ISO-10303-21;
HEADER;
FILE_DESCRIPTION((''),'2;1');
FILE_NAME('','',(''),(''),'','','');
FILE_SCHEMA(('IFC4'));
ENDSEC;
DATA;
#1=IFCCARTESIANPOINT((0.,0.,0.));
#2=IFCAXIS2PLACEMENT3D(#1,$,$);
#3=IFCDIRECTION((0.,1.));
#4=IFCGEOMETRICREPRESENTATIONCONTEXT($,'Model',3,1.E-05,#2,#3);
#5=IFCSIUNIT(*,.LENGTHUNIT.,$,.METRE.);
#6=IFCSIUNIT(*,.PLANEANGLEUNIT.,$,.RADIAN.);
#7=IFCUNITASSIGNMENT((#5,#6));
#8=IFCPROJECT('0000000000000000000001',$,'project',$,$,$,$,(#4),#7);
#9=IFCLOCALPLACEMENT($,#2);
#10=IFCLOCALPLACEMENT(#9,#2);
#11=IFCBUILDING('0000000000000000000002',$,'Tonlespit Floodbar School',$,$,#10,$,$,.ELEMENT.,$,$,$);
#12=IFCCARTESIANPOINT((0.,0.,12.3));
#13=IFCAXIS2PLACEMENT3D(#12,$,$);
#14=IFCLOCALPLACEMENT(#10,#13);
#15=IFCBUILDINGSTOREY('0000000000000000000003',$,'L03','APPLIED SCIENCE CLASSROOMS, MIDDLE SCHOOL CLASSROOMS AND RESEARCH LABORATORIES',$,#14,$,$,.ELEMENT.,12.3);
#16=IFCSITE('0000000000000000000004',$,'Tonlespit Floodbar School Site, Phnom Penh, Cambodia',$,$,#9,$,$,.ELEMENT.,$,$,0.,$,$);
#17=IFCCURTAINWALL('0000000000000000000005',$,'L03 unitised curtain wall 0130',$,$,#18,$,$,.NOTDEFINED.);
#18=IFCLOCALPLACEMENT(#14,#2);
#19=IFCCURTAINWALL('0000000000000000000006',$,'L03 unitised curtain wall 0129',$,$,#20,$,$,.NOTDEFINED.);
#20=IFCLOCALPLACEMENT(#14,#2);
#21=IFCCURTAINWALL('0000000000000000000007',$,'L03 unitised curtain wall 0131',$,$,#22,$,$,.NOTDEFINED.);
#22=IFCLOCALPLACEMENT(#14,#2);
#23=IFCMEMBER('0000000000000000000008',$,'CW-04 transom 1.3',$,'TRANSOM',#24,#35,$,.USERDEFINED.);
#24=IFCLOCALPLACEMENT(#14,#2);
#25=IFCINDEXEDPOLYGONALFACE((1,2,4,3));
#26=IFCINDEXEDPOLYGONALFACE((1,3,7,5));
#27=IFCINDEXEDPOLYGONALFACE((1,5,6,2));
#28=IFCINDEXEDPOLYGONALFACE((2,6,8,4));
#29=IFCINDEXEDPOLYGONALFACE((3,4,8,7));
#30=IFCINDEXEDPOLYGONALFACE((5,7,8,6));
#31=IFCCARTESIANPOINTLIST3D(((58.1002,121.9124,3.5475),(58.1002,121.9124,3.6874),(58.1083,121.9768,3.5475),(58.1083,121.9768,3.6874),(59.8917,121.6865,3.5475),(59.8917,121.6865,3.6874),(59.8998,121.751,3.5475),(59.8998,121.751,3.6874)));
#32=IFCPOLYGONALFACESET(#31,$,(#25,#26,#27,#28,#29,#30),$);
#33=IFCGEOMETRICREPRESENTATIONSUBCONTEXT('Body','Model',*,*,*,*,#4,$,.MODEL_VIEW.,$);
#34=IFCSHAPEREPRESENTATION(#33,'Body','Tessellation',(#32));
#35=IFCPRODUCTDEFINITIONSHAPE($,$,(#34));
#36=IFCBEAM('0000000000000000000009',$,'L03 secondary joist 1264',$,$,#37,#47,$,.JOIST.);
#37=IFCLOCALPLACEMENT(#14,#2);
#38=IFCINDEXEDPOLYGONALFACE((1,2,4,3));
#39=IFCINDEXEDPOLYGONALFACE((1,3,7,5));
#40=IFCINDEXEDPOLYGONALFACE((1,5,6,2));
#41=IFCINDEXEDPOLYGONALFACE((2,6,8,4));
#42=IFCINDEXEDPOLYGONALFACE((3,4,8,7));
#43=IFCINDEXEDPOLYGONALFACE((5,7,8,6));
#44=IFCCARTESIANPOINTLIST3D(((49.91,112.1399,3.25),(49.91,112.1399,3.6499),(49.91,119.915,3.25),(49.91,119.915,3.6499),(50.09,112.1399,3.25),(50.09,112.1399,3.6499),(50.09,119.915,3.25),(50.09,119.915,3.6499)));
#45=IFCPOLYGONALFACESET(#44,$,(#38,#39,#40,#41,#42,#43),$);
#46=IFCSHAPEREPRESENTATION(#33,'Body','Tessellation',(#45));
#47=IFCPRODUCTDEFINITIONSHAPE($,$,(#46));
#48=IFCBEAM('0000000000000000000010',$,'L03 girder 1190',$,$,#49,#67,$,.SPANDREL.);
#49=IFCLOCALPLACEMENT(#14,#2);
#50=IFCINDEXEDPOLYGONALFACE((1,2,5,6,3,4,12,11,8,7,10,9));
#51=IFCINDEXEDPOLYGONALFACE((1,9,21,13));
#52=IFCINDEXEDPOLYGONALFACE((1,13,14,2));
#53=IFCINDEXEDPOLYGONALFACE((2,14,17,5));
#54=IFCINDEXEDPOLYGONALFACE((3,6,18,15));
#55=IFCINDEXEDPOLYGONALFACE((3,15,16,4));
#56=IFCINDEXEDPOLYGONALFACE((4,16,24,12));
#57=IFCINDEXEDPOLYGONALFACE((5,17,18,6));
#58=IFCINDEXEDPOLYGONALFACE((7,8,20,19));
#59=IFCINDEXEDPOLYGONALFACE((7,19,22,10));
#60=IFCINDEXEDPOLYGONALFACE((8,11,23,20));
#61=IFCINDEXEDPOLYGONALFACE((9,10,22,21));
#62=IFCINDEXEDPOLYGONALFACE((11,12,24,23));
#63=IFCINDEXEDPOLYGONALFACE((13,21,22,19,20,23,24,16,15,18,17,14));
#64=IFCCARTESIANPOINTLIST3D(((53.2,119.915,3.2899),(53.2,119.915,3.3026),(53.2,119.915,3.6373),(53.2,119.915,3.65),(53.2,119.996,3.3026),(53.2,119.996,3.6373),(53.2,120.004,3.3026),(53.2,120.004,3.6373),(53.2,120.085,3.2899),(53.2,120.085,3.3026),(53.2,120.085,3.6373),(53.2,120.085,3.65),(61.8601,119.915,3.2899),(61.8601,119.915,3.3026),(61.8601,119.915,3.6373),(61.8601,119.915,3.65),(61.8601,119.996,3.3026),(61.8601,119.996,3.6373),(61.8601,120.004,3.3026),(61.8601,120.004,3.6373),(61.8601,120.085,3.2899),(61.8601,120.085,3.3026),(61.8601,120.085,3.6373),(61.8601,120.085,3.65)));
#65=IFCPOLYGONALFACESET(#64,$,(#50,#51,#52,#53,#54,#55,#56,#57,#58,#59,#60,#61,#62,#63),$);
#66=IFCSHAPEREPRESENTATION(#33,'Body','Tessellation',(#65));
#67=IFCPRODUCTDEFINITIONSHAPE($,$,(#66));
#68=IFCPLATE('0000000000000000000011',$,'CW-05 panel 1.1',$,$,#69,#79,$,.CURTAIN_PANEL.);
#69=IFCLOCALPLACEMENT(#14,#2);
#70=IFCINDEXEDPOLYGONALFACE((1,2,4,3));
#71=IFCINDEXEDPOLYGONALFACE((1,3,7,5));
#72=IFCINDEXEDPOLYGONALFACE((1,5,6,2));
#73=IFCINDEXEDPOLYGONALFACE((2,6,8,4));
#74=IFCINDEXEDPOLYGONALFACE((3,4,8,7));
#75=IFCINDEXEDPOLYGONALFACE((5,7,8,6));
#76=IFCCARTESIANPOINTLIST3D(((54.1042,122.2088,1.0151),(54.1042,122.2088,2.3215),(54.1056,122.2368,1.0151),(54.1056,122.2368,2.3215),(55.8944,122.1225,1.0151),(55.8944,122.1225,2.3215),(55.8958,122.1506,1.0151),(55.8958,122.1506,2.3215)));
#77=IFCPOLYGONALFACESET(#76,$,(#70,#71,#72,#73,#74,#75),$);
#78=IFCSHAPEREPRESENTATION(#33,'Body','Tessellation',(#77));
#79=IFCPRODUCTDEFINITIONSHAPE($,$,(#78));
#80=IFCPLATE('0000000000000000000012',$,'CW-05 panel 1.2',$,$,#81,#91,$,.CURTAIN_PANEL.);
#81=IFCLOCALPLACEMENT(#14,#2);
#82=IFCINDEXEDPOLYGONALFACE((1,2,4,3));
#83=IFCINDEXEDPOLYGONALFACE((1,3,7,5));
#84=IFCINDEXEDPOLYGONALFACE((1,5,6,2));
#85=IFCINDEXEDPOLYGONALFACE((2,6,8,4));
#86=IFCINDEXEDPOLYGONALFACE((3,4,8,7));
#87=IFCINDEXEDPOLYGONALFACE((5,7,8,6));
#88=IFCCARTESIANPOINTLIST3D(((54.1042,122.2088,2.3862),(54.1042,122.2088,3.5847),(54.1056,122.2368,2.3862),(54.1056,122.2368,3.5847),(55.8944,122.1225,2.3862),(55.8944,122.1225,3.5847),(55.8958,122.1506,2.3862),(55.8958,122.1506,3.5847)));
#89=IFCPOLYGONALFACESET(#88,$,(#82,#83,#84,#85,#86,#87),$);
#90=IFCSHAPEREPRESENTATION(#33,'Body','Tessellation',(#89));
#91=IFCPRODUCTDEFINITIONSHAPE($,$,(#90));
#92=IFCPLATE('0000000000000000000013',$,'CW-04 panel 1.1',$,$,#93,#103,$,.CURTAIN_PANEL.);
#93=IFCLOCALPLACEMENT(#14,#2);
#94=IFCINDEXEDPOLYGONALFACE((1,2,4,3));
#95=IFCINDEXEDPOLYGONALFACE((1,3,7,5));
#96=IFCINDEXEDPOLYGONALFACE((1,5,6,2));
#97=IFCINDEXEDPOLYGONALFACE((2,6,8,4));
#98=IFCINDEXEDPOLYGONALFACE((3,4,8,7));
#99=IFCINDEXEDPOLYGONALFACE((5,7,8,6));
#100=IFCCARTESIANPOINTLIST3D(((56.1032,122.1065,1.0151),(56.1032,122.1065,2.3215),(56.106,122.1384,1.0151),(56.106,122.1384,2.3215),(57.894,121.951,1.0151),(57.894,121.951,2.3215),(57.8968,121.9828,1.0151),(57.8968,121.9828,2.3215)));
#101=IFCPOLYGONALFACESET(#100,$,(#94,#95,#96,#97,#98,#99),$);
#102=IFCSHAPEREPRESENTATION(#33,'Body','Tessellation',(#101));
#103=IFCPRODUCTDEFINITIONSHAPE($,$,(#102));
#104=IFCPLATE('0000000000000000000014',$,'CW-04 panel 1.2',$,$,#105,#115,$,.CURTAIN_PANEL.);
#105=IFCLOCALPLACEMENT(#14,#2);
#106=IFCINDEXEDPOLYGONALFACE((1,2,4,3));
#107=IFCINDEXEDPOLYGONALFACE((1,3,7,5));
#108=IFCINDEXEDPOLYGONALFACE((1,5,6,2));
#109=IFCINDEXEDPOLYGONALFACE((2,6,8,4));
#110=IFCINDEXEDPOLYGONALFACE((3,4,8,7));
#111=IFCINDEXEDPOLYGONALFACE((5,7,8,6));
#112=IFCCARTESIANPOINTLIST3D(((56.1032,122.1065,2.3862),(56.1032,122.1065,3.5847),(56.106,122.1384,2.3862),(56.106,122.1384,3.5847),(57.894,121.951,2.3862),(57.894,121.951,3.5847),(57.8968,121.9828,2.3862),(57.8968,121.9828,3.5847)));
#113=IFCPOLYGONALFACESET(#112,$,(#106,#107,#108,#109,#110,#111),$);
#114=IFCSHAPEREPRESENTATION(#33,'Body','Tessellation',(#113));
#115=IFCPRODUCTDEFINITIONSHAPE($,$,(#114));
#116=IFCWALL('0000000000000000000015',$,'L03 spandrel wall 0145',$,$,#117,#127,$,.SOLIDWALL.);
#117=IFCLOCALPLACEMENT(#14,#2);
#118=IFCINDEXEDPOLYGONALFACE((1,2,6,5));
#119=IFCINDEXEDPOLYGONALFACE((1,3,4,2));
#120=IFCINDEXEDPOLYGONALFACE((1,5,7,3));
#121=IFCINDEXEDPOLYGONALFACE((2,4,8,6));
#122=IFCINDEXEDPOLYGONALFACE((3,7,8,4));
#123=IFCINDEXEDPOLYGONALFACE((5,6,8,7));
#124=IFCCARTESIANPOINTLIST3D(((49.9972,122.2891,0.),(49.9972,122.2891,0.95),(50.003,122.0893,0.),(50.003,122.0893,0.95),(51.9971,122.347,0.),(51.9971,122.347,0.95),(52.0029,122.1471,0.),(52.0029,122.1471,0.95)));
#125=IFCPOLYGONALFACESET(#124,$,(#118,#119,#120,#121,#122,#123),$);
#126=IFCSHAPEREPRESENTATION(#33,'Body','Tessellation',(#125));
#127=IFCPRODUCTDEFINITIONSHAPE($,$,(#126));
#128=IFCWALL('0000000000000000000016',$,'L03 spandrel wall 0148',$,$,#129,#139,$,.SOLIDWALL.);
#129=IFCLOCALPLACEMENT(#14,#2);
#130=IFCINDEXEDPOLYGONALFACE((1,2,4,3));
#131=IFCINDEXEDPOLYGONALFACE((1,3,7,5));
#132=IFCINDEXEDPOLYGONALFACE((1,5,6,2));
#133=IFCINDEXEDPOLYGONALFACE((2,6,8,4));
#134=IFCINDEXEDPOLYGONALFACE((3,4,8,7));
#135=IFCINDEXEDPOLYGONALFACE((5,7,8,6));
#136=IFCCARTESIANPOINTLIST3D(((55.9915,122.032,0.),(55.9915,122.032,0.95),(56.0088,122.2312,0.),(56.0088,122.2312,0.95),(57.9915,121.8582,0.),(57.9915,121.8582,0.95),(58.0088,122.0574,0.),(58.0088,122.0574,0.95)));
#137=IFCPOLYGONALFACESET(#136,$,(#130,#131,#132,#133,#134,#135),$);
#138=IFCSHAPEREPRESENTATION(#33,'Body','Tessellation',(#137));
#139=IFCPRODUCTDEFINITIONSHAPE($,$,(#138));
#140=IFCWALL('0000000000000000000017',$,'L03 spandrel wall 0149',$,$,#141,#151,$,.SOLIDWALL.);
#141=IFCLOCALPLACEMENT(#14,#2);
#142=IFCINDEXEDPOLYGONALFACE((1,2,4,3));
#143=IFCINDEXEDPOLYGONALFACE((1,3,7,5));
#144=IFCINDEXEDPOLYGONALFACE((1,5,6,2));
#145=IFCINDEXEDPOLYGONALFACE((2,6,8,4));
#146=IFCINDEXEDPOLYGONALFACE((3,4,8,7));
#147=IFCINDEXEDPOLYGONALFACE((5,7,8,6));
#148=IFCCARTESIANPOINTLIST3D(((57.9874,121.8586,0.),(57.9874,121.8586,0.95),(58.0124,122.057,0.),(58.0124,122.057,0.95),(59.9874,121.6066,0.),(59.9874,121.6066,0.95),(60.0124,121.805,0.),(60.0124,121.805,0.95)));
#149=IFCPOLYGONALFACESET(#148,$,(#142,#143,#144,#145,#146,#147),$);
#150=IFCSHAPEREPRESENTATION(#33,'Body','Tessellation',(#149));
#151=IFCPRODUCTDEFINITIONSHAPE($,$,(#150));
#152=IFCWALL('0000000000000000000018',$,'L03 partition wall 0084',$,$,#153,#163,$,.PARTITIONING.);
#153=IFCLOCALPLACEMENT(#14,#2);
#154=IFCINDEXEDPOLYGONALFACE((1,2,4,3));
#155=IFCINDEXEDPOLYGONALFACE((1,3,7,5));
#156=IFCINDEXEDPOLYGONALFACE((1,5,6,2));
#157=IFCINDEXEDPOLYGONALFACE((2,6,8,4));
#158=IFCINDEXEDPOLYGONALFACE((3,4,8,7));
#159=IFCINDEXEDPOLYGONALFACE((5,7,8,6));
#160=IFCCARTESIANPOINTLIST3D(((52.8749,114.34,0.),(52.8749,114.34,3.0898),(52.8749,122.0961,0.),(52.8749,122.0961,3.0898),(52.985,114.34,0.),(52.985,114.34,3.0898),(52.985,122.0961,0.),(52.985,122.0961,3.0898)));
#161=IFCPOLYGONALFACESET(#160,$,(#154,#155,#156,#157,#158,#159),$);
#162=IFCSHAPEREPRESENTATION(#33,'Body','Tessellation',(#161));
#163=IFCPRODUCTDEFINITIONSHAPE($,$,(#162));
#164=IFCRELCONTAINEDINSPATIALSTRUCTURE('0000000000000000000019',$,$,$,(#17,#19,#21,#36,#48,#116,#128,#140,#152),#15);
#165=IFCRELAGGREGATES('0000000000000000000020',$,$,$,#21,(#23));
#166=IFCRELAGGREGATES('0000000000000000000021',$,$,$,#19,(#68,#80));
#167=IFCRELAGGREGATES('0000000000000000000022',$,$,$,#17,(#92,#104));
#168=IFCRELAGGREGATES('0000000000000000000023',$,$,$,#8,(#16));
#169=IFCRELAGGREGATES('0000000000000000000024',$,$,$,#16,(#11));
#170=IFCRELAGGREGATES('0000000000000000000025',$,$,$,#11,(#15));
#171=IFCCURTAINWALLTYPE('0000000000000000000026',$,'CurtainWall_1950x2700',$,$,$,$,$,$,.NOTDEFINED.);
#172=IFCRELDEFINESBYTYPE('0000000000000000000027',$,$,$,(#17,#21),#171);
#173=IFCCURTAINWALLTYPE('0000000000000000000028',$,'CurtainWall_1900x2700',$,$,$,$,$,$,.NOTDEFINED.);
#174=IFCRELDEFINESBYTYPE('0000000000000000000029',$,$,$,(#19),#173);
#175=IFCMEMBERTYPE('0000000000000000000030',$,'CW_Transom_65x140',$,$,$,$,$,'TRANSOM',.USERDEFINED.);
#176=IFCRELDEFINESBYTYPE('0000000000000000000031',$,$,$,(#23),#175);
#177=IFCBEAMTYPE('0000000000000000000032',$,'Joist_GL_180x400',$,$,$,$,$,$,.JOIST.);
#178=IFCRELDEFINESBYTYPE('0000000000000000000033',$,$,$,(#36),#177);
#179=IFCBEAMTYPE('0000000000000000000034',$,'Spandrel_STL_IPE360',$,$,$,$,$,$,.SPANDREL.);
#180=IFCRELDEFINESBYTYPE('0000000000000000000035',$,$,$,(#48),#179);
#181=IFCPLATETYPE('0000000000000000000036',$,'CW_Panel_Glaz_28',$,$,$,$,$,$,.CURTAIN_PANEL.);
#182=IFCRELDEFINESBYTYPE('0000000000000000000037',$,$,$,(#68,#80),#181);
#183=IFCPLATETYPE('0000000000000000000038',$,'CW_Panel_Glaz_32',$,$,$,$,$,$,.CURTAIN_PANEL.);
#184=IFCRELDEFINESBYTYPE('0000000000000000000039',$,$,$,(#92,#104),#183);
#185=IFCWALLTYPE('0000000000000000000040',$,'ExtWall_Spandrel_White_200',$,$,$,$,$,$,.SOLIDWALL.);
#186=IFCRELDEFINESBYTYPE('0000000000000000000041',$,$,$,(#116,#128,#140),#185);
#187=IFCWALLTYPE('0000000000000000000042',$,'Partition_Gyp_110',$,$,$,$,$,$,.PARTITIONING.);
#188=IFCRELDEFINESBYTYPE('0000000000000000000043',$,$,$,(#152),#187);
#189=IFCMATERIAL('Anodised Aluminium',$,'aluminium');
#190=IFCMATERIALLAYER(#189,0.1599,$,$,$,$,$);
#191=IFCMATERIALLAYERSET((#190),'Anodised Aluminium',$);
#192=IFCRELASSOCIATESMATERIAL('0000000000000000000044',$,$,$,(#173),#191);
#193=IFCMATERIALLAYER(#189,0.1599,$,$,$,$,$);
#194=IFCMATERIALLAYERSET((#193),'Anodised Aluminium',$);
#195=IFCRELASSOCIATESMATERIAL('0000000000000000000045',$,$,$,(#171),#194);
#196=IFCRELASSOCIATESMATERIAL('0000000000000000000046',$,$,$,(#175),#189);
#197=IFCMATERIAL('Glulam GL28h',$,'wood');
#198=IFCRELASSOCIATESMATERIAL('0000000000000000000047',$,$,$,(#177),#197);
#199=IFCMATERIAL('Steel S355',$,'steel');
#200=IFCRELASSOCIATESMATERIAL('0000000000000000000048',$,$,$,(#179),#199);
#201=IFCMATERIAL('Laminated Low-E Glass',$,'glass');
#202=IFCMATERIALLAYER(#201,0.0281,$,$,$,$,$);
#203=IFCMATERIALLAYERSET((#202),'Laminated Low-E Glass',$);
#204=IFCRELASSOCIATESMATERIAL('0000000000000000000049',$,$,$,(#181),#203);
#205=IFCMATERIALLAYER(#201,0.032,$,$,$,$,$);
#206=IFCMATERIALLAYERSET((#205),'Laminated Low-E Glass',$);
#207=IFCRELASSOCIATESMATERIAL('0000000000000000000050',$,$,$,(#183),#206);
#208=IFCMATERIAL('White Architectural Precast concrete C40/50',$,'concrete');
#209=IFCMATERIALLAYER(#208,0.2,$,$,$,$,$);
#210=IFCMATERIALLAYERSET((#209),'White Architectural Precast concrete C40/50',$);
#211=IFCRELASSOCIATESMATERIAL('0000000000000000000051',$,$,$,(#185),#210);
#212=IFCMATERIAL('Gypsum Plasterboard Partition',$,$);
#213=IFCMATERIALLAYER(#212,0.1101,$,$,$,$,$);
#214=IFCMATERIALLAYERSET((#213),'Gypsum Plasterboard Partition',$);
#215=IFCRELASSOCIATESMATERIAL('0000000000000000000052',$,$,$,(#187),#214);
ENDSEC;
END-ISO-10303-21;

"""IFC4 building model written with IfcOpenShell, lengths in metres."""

from ifc_helpers import new_model, si_unit, direction, frame, frame_2d, origin, origin_2d, place, context, subcontext, project, spatial, rectangle, i_section, extrude, material, layer, layer_set, material_profile, profile_set, type_object, element, aggregate, save


model = new_model("IFC4")

# Units and contexts
model_context = context("Model", 3, precision=1e-05, world=origin(), true_north=direction((0.0, 1.0)))
body_context = subcontext(model_context, "Body", "Model", "MODEL_VIEW")
ifc_project = project(units=[si_unit("LENGTHUNIT", "METRE"), si_unit("PLANEANGLEUNIT", "RADIAN")], contexts=[model_context])

# Site, building, storey
site_placement = place(None, origin())
site = spatial("IfcSite", under=ifc_project, at=site_placement, Name="Tonlespit Floodbar School Site, Phnom Penh, Cambodia", CompositionType="ELEMENT", RefElevation=0.0)
building_placement = place(site_placement, origin())
building = spatial("IfcBuilding", under=site, at=building_placement, Name="Tonlespit Floodbar School", CompositionType="ELEMENT")
storey_placement = place(building_placement, frame((0.0, 0.0, 12.3)))
storey = spatial("IfcBuildingStorey", under=building, at=storey_placement, Name="L03", Description="APPLIED SCIENCE CLASSROOMS, MIDDLE SCHOOL CLASSROOMS AND RESEARCH LABORATORIES", CompositionType="ELEMENT", Elevation=12.3)

# Shared definitions
ifc_material_1 = material(Name="Glulam GL28h", Category="wood")

# Shared definitions
ifc_material_2 = material(Name="Anodised Aluminium", Category="aluminium")
ifc_layer_1 = layer(ifc_material_2, 0.1599)
ifc_layer_set_1 = layer_set([ifc_layer_1], Name="Anodised Aluminium")
curtain_wall_type_1 = type_object("IfcCurtainWallType", Name="CurtainWall_1900x2700", PredefinedType="NOTDEFINED", material=ifc_layer_set_1)

# Curtain wall
ifc_layer_2 = layer(ifc_material_2, 0.1599)
ifc_layer_set_2 = layer_set([ifc_layer_2], Name="Anodised Aluminium")
curtain_wall_type_2 = type_object("IfcCurtainWallType", Name="CurtainWall_1950x2700", PredefinedType="NOTDEFINED", material=ifc_layer_set_2)
curtain_wall_1_placement = place(storey_placement, origin())
curtain_wall_1 = element("IfcCurtainWall", 1, at=curtain_wall_1_placement, inside=storey, type_object=curtain_wall_type_2, Name="L03 unitised curtain wall 0130", PredefinedType="NOTDEFINED")

# Curtain walls
curtain_wall_2_placement = place(storey_placement, origin())
curtain_wall_2 = element("IfcCurtainWall", 2, at=curtain_wall_2_placement, inside=storey, type_object=curtain_wall_type_1, Name="L03 unitised curtain wall 0129", PredefinedType="NOTDEFINED")
curtain_wall_3_placement = place(storey_placement, origin())
curtain_wall_3 = element("IfcCurtainWall", 3, at=curtain_wall_3_placement, inside=storey, type_object=curtain_wall_type_2, Name="L03 unitised curtain wall 0131", PredefinedType="NOTDEFINED")

# Member
ifc_material_profile_1 = material_profile(ifc_material_2, rectangle(XDim=0.0649, YDim=0.1399, at=origin_2d()), Name="ALU T65x140")
ifc_profile_set_1 = profile_set([ifc_material_profile_1], Name="Anodised Aluminium")
member_type_1 = type_object("IfcMemberType", Name="CW_Transom_65x140", ElementType="TRANSOM", PredefinedType="USERDEFINED", material=ifc_profile_set_1)
member_1_placement = place(storey_placement, frame((58.1042, 121.9446, 3.6174), z_axis=(0.992148, -0.125066, 0.0), x_axis=(0.125066, 0.992148, 0.0)))
member_1 = element("IfcMember", 4, at=member_1_placement, type_object=member_type_1, Name="CW-04 transom 1.3", ObjectType="TRANSOM", PredefinedType="USERDEFINED", context=body_context, shape_type="SweptSolid", body=[
    extrude(rectangle(XDim=0.0649, YDim=0.1399, at=origin_2d()), origin(), (0.0, 0.0, 1.0), 1.8057),
])
aggregate(curtain_wall_3, [member_1])

# Beams
ifc_material_profile_2 = material_profile(ifc_material_1, rectangle(XDim=0.1799, YDim=0.3999, at=origin_2d()), Name="GL 180x400")
ifc_profile_set_2 = profile_set([ifc_material_profile_2], Name="Glulam GL28h")
beam_type_1 = type_object("IfcBeamType", Name="Joist_GL_180x400", PredefinedType="JOIST", material=ifc_profile_set_2)
beam_1_placement = place(storey_placement, frame((50.0, 112.1399, 3.45), z_axis=(0.0, 1.0, 0.0), x_axis=(-1.0, 0.0, 0.0)))
element("IfcBeam", 5, at=beam_1_placement, inside=storey, type_object=beam_type_1, Name="L03 secondary joist 1264", PredefinedType="JOIST", context=body_context, shape_type="SweptSolid", body=[
    extrude(rectangle(XDim=0.1799, YDim=0.3999, at=origin_2d()), origin(), (0.0, 0.0, 1.0), 7.7751),
])
ifc_material_3 = material(Name="Steel S355", Category="steel")
ifc_material_profile_3 = material_profile(ifc_material_3, i_section(OverallWidth=0.1699, OverallDepth=0.3601, WebThickness=0.0081, FlangeThickness=0.0127, at=origin_2d()), Name="IPE 360")
ifc_profile_set_3 = profile_set([ifc_material_profile_3], Name="Steel S355")
beam_type_2 = type_object("IfcBeamType", Name="Spandrel_STL_IPE360", PredefinedType="SPANDREL", material=ifc_profile_set_3)
beam_2_placement = place(storey_placement, frame((53.2, 120.0, 3.47), z_axis=(1.0, 0.0, 0.0), x_axis=(0.0, 1.0, 0.0)))
element("IfcBeam", 6, at=beam_2_placement, inside=storey, type_object=beam_type_2, Name="L03 girder 1190", PredefinedType="SPANDREL", context=body_context, shape_type="SweptSolid", body=[
    extrude(i_section(OverallWidth=0.1699, OverallDepth=0.3601, WebThickness=0.0081, FlangeThickness=0.0127, at=origin_2d()), origin(), (0.0, 0.0, 1.0), 8.6602),
])

# Plates
ifc_material_4 = material(Name="Laminated Low-E Glass", Category="glass")
ifc_layer_3 = layer(ifc_material_4, 0.0281)
ifc_layer_set_3 = layer_set([ifc_layer_3], Name="Laminated Low-E Glass")
plate_type_1 = type_object("IfcPlateType", Name="CW_Panel_Glaz_28", PredefinedType="CURTAIN_PANEL", material=ifc_layer_set_3)
plate_1_placement = place(storey_placement, frame((55.0, 122.1797, 1.0151), z_axis=(0.0, 0.0, 1.0), x_axis=(0.998842, -0.048121, 0.0)))
plate_1 = element("IfcPlate", 7, at=plate_1_placement, type_object=plate_type_1, Name="CW-05 panel 1.1", PredefinedType="CURTAIN_PANEL", context=body_context, shape_type="SweptSolid", body=[
    extrude(rectangle(XDim=1.7922, YDim=0.0281, at=origin_2d()), origin(), (0.0, 0.0, 1.0), 1.3064),
])
plate_2_placement = place(storey_placement, frame((55.0, 122.1797, 2.3862), z_axis=(0.0, 0.0, 1.0), x_axis=(0.998842, -0.048121, 0.0)))
plate_2 = element("IfcPlate", 8, at=plate_2_placement, type_object=plate_type_1, Name="CW-05 panel 1.2", PredefinedType="CURTAIN_PANEL", context=body_context, shape_type="SweptSolid", body=[
    extrude(rectangle(XDim=1.7922, YDim=0.0281, at=origin_2d()), origin(), (0.0, 0.0, 1.0), 1.1985),
])
aggregate(curtain_wall_2, [plate_1, plate_2])
ifc_layer_4 = layer(ifc_material_4, 0.032)
ifc_layer_set_4 = layer_set([ifc_layer_4], Name="Laminated Low-E Glass")
plate_type_2 = type_object("IfcPlateType", Name="CW_Panel_Glaz_32", PredefinedType="CURTAIN_PANEL", material=ifc_layer_set_4)
plate_3_placement = place(storey_placement, frame((57.0, 122.0447, 1.0151), z_axis=(0.0, 0.0, 1.0), x_axis=(0.996249, -0.086531, 0.0)))
plate_3 = element("IfcPlate", 9, at=plate_3_placement, type_object=plate_type_2, Name="CW-04 panel 1.1", PredefinedType="CURTAIN_PANEL", context=body_context, shape_type="SweptSolid", body=[
    extrude(rectangle(XDim=1.7976, YDim=0.032, at=origin_2d()), origin(), (0.0, 0.0, 1.0), 1.3064),
])
plate_4_placement = place(storey_placement, frame((57.0, 122.0447, 2.3862), z_axis=(0.0, 0.0, 1.0), x_axis=(0.996249, -0.086531, 0.0)))
plate_4 = element("IfcPlate", 10, at=plate_4_placement, type_object=plate_type_2, Name="CW-04 panel 1.2", PredefinedType="CURTAIN_PANEL", context=body_context, shape_type="SweptSolid", body=[
    extrude(rectangle(XDim=1.7976, YDim=0.032, at=origin_2d()), origin(), (0.0, 0.0, 1.0), 1.1985),
])
aggregate(curtain_wall_1, [plate_3, plate_4])

# Walls
ifc_material_5 = material(Name="White Architectural Precast concrete C40/50", Category="concrete")
ifc_layer_5 = layer(ifc_material_5, 0.2)
ifc_layer_set_5 = layer_set([ifc_layer_5], Name="White Architectural Precast concrete C40/50")
wall_type_1 = type_object("IfcWallType", Name="ExtWall_Spandrel_White_200", PredefinedType="SOLIDWALL", material=ifc_layer_set_5)
wall_1_placement = place(storey_placement, frame((50.0, 122.1892, 0.0), z_axis=(0.0, 0.0, 1.0), x_axis=(0.999582, 0.028919, 0.0)))
element("IfcWall", 11, at=wall_1_placement, inside=storey, type_object=wall_type_1, Name="L03 spandrel wall 0145", PredefinedType="SOLIDWALL", context=body_context, shape_type="SweptSolid", body=[
    extrude(rectangle(XDim=2.0007, YDim=0.2, at=frame_2d((1.0005, 0.0))), origin(), (0.0, 0.0, 1.0), 0.95),
])
wall_2_placement = place(storey_placement, frame((56.0, 122.1316, 0.0), z_axis=(0.0, 0.0, 1.0), x_axis=(0.996244, -0.086588, 0.0)))
element("IfcWall", 12, at=wall_2_placement, inside=storey, type_object=wall_type_1, Name="L03 spandrel wall 0148", PredefinedType="SOLIDWALL", context=body_context, shape_type="SweptSolid", body=[
    extrude(rectangle(XDim=2.0076, YDim=0.2, at=frame_2d((1.0039, 0.0))), origin(), (0.0, 0.0, 1.0), 0.95),
])
wall_3_placement = place(storey_placement, frame((58.0, 121.9578, 0.0), z_axis=(0.0, 0.0, 1.0), x_axis=(0.992158, -0.124989, 0.0)))
element("IfcWall", 13, at=wall_3_placement, inside=storey, type_object=wall_type_1, Name="L03 spandrel wall 0149", PredefinedType="SOLIDWALL", context=body_context, shape_type="SweptSolid", body=[
    extrude(rectangle(XDim=2.0159, YDim=0.2, at=frame_2d((1.0078, 0.0))), origin(), (0.0, 0.0, 1.0), 0.95),
])
ifc_material_6 = material(Name="Gypsum Plasterboard Partition")
ifc_layer_6 = layer(ifc_material_6, 0.1101)
ifc_layer_set_6 = layer_set([ifc_layer_6], Name="Gypsum Plasterboard Partition")
wall_type_2 = type_object("IfcWallType", Name="Partition_Gyp_110", PredefinedType="PARTITIONING", material=ifc_layer_set_6)
wall_4_placement = place(storey_placement, frame((52.9299, 114.3401, 0.0), z_axis=(0.0, 0.0, 1.0), x_axis=(0.0, 1.0, 0.0)))
element("IfcWall", 14, at=wall_4_placement, inside=storey, type_object=wall_type_2, Name="L03 partition wall 0084", PredefinedType="PARTITIONING", context=body_context, shape_type="SweptSolid", body=[
    extrude(rectangle(XDim=7.7561, YDim=0.1101, at=frame_2d((3.8779, 0.0))), origin(), (0.0, 0.0, 1.0), 3.0898),
])

save(model, "model.ifc")
